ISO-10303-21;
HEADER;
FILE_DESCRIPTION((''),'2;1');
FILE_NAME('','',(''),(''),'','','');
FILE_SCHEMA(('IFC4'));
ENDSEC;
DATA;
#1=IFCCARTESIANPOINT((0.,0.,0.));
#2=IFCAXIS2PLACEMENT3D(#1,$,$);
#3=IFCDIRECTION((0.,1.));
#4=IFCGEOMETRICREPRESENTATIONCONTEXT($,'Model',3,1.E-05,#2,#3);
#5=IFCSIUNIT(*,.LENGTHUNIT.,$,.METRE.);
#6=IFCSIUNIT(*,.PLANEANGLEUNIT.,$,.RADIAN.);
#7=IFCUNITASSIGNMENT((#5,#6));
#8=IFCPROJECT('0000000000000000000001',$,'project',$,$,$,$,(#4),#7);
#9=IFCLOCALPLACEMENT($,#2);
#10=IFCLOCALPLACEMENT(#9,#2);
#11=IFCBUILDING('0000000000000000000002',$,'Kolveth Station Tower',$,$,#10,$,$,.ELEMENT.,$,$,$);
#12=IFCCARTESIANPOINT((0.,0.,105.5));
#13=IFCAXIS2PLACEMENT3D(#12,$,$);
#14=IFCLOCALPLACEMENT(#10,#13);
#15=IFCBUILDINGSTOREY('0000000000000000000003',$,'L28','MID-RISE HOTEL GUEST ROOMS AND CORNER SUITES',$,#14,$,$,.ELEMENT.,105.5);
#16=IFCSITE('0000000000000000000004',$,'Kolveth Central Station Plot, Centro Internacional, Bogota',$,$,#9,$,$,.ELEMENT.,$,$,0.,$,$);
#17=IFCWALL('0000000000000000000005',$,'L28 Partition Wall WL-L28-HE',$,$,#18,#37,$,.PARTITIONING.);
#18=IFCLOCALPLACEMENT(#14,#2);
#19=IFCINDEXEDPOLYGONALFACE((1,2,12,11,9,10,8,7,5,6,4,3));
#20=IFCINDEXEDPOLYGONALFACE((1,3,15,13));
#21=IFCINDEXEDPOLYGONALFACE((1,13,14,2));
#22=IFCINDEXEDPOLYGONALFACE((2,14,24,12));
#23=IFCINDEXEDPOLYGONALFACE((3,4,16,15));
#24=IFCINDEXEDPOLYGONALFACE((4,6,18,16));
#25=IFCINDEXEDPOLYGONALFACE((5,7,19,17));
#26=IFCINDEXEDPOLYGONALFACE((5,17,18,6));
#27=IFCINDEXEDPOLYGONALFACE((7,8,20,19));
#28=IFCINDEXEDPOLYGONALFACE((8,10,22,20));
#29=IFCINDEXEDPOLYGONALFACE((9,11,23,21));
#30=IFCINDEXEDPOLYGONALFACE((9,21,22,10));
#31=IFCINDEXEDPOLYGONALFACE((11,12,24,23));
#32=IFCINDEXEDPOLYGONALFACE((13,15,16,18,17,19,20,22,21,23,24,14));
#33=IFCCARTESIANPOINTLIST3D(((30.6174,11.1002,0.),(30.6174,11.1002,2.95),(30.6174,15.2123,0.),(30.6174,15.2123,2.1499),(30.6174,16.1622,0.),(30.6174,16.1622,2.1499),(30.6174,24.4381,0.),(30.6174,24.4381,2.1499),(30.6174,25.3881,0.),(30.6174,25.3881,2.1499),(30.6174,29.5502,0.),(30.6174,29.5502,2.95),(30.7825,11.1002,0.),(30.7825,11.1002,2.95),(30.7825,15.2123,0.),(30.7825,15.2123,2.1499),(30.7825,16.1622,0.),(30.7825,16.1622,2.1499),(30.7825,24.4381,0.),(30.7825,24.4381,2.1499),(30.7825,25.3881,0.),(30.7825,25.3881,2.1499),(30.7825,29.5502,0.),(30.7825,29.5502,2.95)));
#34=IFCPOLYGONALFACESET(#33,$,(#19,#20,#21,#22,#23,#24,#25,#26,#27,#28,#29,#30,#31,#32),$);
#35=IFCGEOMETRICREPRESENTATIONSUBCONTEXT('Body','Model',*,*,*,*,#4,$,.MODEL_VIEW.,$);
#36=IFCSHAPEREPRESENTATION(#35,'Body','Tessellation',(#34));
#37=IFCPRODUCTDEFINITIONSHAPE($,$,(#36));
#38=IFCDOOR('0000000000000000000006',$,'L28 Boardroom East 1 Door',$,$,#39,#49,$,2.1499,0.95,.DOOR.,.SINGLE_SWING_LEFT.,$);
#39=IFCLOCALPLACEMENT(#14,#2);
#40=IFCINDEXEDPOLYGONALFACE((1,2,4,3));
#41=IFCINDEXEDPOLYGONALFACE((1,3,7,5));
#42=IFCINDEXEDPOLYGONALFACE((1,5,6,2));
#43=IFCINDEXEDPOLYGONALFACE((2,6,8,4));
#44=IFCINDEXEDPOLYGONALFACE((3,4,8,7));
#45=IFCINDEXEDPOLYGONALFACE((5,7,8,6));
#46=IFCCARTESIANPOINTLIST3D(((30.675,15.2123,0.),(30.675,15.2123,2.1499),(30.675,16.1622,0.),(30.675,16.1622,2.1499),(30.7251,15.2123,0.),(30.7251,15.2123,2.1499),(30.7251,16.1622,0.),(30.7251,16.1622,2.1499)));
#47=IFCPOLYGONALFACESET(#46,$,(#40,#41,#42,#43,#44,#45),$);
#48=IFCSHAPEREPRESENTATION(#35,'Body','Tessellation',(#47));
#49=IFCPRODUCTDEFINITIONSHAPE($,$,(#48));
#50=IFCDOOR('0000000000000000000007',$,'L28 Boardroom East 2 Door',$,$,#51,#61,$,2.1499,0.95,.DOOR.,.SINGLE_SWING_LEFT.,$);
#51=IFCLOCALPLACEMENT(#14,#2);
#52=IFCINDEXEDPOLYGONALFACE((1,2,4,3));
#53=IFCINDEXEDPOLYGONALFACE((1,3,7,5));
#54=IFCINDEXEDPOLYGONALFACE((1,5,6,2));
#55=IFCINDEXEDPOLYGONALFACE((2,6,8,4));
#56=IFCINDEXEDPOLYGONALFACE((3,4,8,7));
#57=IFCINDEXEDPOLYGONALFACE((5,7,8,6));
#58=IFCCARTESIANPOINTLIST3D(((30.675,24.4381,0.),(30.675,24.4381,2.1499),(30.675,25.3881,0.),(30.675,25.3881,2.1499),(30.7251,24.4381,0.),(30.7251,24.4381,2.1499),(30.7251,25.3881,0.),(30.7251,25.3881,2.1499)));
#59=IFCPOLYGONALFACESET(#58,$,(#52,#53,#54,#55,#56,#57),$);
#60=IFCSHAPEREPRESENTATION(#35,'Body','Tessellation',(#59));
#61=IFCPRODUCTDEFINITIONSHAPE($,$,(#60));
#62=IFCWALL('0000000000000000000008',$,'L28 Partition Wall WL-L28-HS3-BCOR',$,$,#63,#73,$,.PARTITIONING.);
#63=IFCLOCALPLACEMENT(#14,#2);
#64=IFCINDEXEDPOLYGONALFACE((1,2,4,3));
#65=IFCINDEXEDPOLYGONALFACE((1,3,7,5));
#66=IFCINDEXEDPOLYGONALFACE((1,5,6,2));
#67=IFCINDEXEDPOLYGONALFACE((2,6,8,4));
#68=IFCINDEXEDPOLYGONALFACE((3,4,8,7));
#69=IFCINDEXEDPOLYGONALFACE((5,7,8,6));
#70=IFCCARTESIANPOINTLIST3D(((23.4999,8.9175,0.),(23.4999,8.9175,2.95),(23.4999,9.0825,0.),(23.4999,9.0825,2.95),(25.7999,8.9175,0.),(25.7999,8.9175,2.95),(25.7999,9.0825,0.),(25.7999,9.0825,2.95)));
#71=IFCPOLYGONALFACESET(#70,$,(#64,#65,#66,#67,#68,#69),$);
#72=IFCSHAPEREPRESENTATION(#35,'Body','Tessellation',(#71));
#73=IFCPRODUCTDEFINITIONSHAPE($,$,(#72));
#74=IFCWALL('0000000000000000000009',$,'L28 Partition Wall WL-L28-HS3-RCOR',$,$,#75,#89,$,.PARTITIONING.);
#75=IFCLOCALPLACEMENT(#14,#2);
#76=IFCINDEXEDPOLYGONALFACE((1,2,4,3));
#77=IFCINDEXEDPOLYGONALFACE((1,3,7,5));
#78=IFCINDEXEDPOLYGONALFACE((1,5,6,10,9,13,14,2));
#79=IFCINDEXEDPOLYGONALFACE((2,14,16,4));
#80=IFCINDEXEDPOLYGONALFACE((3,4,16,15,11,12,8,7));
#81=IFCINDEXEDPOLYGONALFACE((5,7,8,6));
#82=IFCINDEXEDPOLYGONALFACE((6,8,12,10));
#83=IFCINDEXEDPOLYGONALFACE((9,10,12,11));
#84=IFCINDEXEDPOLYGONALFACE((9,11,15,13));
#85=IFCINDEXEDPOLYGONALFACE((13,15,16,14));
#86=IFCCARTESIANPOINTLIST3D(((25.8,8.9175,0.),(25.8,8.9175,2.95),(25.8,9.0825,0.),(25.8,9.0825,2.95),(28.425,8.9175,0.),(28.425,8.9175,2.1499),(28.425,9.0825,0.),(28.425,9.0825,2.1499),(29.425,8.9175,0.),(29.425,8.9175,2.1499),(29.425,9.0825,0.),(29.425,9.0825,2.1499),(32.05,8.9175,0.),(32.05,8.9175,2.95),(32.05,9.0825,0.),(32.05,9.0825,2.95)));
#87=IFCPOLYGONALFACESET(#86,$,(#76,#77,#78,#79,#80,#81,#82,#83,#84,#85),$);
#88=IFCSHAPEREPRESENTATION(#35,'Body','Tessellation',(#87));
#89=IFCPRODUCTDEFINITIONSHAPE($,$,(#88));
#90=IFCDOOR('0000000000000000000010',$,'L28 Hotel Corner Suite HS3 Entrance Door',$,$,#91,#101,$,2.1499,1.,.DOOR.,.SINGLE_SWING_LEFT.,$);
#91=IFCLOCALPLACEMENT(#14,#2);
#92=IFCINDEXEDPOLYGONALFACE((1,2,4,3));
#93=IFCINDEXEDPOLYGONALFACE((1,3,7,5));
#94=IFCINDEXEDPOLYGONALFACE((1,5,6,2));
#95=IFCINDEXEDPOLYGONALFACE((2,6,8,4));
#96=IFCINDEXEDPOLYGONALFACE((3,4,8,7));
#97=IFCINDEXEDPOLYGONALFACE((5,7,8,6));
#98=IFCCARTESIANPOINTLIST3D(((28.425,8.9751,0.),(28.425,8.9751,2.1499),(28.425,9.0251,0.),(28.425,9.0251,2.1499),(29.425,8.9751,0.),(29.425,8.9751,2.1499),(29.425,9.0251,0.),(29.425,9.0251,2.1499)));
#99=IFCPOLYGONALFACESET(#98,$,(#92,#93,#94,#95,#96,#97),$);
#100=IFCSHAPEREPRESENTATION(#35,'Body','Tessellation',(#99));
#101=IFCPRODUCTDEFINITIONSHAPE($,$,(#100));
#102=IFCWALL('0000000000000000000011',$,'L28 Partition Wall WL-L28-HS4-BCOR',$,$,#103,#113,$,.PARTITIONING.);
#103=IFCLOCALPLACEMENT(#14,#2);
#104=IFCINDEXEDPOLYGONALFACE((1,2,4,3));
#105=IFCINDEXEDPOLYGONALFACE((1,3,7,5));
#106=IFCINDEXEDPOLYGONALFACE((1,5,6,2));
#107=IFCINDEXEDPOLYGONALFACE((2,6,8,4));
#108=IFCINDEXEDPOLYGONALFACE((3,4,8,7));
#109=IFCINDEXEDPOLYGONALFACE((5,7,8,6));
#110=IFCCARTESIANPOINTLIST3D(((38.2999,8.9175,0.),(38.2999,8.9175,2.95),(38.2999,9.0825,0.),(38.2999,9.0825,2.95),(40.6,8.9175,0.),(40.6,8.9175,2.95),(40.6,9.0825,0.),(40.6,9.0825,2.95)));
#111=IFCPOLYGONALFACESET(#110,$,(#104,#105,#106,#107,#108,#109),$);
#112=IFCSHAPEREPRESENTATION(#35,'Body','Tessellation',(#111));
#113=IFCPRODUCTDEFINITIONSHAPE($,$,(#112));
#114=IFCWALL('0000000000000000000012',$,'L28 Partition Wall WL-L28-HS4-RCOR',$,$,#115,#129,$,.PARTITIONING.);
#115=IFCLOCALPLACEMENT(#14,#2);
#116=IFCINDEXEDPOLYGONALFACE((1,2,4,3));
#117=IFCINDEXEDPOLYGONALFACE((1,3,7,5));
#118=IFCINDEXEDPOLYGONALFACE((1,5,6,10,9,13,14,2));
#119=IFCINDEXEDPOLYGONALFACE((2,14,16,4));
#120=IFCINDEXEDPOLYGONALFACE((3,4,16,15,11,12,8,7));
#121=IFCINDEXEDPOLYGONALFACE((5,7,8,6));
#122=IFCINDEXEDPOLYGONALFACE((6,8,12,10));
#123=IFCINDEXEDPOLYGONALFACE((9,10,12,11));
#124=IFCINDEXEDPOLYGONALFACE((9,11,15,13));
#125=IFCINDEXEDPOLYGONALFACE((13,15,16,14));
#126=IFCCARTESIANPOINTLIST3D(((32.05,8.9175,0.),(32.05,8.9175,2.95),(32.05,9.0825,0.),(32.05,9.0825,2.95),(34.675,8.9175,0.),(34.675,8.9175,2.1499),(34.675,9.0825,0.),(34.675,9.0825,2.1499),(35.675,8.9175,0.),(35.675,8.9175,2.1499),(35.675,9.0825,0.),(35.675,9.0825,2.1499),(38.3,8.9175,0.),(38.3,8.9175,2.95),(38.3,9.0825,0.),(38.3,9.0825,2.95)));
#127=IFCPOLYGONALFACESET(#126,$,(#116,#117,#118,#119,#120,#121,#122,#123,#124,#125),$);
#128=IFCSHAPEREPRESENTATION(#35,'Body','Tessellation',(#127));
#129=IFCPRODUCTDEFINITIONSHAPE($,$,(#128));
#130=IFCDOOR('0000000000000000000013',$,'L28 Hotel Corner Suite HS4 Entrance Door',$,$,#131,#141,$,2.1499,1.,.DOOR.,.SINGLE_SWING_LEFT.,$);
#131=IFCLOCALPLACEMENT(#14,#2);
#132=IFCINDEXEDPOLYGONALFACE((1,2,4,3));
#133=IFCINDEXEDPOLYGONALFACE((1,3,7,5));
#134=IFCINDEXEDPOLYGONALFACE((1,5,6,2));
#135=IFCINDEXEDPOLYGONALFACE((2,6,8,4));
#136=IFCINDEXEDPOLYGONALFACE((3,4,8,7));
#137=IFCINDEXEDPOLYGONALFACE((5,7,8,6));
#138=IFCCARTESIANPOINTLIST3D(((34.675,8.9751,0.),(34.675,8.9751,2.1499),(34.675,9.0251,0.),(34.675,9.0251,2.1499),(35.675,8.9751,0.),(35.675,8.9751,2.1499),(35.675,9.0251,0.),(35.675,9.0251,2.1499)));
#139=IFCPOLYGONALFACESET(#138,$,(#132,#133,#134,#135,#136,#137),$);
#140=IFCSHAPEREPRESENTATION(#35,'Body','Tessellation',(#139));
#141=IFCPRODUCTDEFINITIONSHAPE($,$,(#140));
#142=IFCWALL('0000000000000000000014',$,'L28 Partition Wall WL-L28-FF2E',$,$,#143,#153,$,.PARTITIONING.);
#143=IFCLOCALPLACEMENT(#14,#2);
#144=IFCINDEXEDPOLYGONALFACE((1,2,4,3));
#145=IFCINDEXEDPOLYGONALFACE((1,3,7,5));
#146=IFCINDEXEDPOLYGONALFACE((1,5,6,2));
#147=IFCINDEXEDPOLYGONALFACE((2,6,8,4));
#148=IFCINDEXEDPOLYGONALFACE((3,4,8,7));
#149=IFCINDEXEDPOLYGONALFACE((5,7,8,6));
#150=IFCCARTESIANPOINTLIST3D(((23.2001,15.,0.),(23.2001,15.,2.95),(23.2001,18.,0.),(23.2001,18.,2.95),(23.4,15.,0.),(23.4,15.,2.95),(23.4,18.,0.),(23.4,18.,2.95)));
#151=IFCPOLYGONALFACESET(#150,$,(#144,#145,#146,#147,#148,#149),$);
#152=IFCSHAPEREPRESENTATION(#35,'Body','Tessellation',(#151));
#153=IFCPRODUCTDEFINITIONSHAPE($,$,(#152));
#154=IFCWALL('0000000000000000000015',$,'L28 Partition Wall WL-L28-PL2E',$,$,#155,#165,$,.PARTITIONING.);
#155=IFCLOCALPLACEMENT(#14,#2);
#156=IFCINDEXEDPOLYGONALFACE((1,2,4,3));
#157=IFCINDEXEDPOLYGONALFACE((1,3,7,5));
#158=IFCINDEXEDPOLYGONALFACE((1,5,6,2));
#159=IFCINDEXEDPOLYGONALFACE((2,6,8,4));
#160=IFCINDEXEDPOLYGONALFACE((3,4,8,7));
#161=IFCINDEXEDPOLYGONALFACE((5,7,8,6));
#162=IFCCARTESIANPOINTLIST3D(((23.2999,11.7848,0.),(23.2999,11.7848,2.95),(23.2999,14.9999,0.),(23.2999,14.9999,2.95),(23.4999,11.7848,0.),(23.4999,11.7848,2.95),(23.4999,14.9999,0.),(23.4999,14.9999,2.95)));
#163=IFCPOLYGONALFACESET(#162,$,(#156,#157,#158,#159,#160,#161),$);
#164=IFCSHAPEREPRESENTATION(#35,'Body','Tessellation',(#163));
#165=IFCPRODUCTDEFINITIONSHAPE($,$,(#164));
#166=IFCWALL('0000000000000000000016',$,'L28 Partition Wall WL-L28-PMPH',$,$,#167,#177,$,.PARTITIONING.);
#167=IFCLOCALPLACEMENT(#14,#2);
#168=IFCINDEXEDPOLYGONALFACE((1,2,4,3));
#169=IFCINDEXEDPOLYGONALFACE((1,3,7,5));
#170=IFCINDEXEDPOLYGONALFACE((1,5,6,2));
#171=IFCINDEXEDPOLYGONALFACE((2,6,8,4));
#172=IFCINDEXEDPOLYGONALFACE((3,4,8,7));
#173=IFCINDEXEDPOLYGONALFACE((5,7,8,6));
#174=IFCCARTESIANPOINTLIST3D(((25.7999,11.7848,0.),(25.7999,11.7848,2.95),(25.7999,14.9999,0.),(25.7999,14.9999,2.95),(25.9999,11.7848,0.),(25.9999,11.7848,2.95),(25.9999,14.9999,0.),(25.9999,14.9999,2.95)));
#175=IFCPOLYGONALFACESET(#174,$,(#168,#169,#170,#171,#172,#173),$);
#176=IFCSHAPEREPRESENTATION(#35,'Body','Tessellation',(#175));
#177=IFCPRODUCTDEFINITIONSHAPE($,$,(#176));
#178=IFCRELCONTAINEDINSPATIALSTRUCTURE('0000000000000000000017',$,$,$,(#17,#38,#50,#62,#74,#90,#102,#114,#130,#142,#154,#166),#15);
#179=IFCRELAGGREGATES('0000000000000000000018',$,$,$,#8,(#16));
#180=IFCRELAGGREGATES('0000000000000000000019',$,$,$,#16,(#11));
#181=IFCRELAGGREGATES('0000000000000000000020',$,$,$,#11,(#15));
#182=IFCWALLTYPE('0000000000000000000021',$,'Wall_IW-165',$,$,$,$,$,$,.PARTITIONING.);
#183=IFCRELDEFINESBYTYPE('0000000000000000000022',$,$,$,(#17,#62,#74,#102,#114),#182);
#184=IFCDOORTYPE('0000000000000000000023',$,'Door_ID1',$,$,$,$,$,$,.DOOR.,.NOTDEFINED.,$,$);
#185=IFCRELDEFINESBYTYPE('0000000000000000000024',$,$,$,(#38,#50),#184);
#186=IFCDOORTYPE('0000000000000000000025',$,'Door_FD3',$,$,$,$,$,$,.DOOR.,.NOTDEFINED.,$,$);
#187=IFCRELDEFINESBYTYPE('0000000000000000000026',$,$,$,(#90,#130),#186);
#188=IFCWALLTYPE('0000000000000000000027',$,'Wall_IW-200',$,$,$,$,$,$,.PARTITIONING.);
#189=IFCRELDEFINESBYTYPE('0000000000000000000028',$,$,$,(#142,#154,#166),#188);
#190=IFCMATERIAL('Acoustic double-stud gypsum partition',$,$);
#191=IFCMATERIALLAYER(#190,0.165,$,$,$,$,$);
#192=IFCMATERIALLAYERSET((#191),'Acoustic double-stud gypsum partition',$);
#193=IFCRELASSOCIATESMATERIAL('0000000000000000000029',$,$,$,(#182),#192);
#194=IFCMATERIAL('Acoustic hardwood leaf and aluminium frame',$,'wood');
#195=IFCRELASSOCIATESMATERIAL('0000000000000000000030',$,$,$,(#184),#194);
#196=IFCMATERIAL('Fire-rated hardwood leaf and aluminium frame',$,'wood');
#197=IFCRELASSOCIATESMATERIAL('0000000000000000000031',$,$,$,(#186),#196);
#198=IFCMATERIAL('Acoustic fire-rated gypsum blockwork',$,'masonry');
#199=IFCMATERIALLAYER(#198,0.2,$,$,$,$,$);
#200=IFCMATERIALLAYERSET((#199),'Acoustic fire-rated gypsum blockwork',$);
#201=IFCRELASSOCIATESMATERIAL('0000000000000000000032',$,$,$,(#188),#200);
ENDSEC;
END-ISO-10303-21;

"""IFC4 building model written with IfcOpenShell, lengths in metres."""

from ifc_helpers import new_model, si_unit, direction, frame, frame_2d, origin, place, context, subcontext, project, spatial, rectangle, extrude, material, layer, layer_set, type_object, element, fill, save


model = new_model("IFC4")

# Units and contexts
model_context = context("Model", 3, precision=1e-05, world=origin(), true_north=direction((0.0, 1.0)))
body_context = subcontext(model_context, "Body", "Model", "MODEL_VIEW")
ifc_project = project(units=[si_unit("LENGTHUNIT", "METRE"), si_unit("PLANEANGLEUNIT", "RADIAN")], contexts=[model_context])

# Site, building, storey
site_placement = place(None, origin())
site = spatial("IfcSite", under=ifc_project, at=site_placement, Name="Kolveth Central Station Plot, Centro Internacional, Bogota", CompositionType="ELEMENT", RefElevation=0.0)
building_placement = place(site_placement, origin())
building = spatial("IfcBuilding", under=site, at=building_placement, Name="Kolveth Station Tower", CompositionType="ELEMENT")
storey_placement = place(building_placement, frame((0.0, 0.0, 105.5)))
storey = spatial("IfcBuildingStorey", under=building, at=storey_placement, Name="L28", Description="MID-RISE HOTEL GUEST ROOMS AND CORNER SUITES", CompositionType="ELEMENT", Elevation=105.5)

# Shared definitions
ifc_material_1 = material(Name="Acoustic double-stud gypsum partition")
ifc_layer_1 = layer(ifc_material_1, 0.165)
ifc_layer_set_1 = layer_set([ifc_layer_1], Name="Acoustic double-stud gypsum partition")
wall_type_1 = type_object("IfcWallType", Name="Wall_IW-165", PredefinedType="PARTITIONING", material=ifc_layer_set_1)

# Wall, openings, doors
wall_1_placement = place(storey_placement, frame((30.7, 11.1001, 0.0), z_axis=(0.0, 0.0, 1.0), x_axis=(0.0, 1.0, 0.0)))
wall_1 = element("IfcWall", 1, at=wall_1_placement, inside=storey, type_object=wall_type_1, Name="L28 Partition Wall WL-L28-HE", PredefinedType="PARTITIONING", context=body_context, shape_type="SweptSolid", body=[
    extrude(rectangle(XDim=18.45, YDim=0.165, at=frame_2d((9.2251, 0.0))), origin(), (0.0, 0.0, 1.0), 2.95),
])
opening_1_placement = place(wall_1_placement, frame((4.1121, 0.0, 0.0)))
opening_1 = element("IfcOpeningElement", 2, at=opening_1_placement, cuts=wall_1, PredefinedType="OPENING", context=body_context, shape_type="SweptSolid", body=[
    extrude(rectangle(XDim=0.95, YDim=2.1499, at=frame_2d((0.4751, 1.075))), frame((0.0, 0.0925, 0.0), z_axis=(0.0, -1.0, 0.0), x_axis=(1.0, 0.0, 0.0)), (0.0, 0.0, 1.0), 0.1851),
])
opening_2_placement = place(wall_1_placement, frame((13.3379, 0.0, 0.0)))
opening_2 = element("IfcOpeningElement", 3, at=opening_2_placement, cuts=wall_1, PredefinedType="OPENING", context=body_context, shape_type="SweptSolid", body=[
    extrude(rectangle(XDim=0.95, YDim=2.1499, at=frame_2d((0.4751, 1.075))), frame((0.0, 0.0925, 0.0), z_axis=(0.0, -1.0, 0.0), x_axis=(1.0, 0.0, 0.0)), (0.0, 0.0, 1.0), 0.1851),
])
ifc_material_2 = material(Name="Acoustic hardwood leaf and aluminium frame", Category="wood")
door_type_1 = type_object("IfcDoorType", Name="Door_ID1", OperationType="NOTDEFINED", PredefinedType="DOOR", material=ifc_material_2)
door_1_placement = place(opening_1_placement, origin())
door_1 = element("IfcDoor", 4, at=door_1_placement, inside=storey, type_object=door_type_1, Name="L28 Boardroom East 1 Door", OperationType="SINGLE_SWING_LEFT", OverallHeight=2.1499, OverallWidth=0.95, PredefinedType="DOOR", context=body_context, shape_type="SweptSolid", body=[
    extrude(rectangle(XDim=0.95, YDim=2.1499, at=frame_2d((0.4751, 1.075))), frame((0.0, 0.0249, 0.0), z_axis=(0.0, -1.0, 0.0), x_axis=(1.0, 0.0, 0.0)), (0.0, 0.0, 1.0), 0.05),
])
fill(opening_1, door_1)
door_2_placement = place(opening_2_placement, origin())
door_2 = element("IfcDoor", 5, at=door_2_placement, inside=storey, type_object=door_type_1, Name="L28 Boardroom East 2 Door", OperationType="SINGLE_SWING_LEFT", OverallHeight=2.1499, OverallWidth=0.95, PredefinedType="DOOR", context=body_context, shape_type="SweptSolid", body=[
    extrude(rectangle(XDim=0.95, YDim=2.1499, at=frame_2d((0.4751, 1.075))), frame((0.0, 0.0249, 0.0), z_axis=(0.0, -1.0, 0.0), x_axis=(1.0, 0.0, 0.0)), (0.0, 0.0, 1.0), 0.05),
])
fill(opening_2, door_2)

# Wall
wall_2_placement = place(storey_placement, frame((23.5, 9.0, 0.0), z_axis=(0.0, 0.0, 1.0), x_axis=(1.0, 0.0, 0.0)))
element("IfcWall", 6, at=wall_2_placement, inside=storey, type_object=wall_type_1, Name="L28 Partition Wall WL-L28-HS3-BCOR", PredefinedType="PARTITIONING", context=body_context, shape_type="SweptSolid", body=[
    extrude(rectangle(XDim=2.3, YDim=0.165, at=frame_2d((1.1499, 0.0))), origin(), (0.0, 0.0, 1.0), 2.95),
])

# Wall, opening, door
wall_3_placement = place(storey_placement, frame((25.8, 9.0, 0.0), z_axis=(0.0, 0.0, 1.0), x_axis=(1.0, 0.0, 0.0)))
wall_3 = element("IfcWall", 7, at=wall_3_placement, inside=storey, type_object=wall_type_1, Name="L28 Partition Wall WL-L28-HS3-RCOR", PredefinedType="PARTITIONING", context=body_context, shape_type="SweptSolid", body=[
    extrude(rectangle(XDim=6.25, YDim=0.165, at=frame_2d((3.125, 0.0))), origin(), (0.0, 0.0, 1.0), 2.95),
])
opening_3_placement = place(wall_3_placement, frame((2.625, 0.0, 0.0)))
opening_3 = element("IfcOpeningElement", 8, at=opening_3_placement, cuts=wall_3, PredefinedType="OPENING", context=body_context, shape_type="SweptSolid", body=[
    extrude(rectangle(XDim=1.0, YDim=2.1499, at=frame_2d((0.5, 1.075))), frame((0.0, 0.0925, 0.0), z_axis=(0.0, -1.0, 0.0), x_axis=(1.0, 0.0, 0.0)), (0.0, 0.0, 1.0), 0.1851),
])
ifc_material_3 = material(Name="Fire-rated hardwood leaf and aluminium frame", Category="wood")
door_type_2 = type_object("IfcDoorType", Name="Door_FD3", OperationType="NOTDEFINED", PredefinedType="DOOR", material=ifc_material_3)
door_3_placement = place(opening_3_placement, frame((1.0, 0.0, 0.0), z_axis=(0.0, 0.0, 1.0), x_axis=(-1.0, 0.0, 0.0)))
door_3 = element("IfcDoor", 9, at=door_3_placement, inside=storey, type_object=door_type_2, Name="L28 Hotel Corner Suite HS3 Entrance Door", OperationType="SINGLE_SWING_LEFT", OverallHeight=2.1499, OverallWidth=1.0, PredefinedType="DOOR", context=body_context, shape_type="SweptSolid", body=[
    extrude(rectangle(XDim=1.0, YDim=2.1499, at=frame_2d((0.5, 1.075))), frame((0.0, 0.0249, 0.0), z_axis=(0.0, -1.0, 0.0), x_axis=(1.0, 0.0, 0.0)), (0.0, 0.0, 1.0), 0.05),
])
fill(opening_3, door_3)

# Wall
wall_4_placement = place(storey_placement, frame((38.3, 9.0, 0.0), z_axis=(0.0, 0.0, 1.0), x_axis=(1.0, 0.0, 0.0)))
element("IfcWall", 10, at=wall_4_placement, inside=storey, type_object=wall_type_1, Name="L28 Partition Wall WL-L28-HS4-BCOR", PredefinedType="PARTITIONING", context=body_context, shape_type="SweptSolid", body=[
    extrude(rectangle(XDim=2.3, YDim=0.165, at=frame_2d((1.1499, 0.0))), origin(), (0.0, 0.0, 1.0), 2.95),
])

# Wall, opening, door
wall_5_placement = place(storey_placement, frame((32.05, 9.0, 0.0), z_axis=(0.0, 0.0, 1.0), x_axis=(1.0, 0.0, 0.0)))
wall_5 = element("IfcWall", 11, at=wall_5_placement, inside=storey, type_object=wall_type_1, Name="L28 Partition Wall WL-L28-HS4-RCOR", PredefinedType="PARTITIONING", context=body_context, shape_type="SweptSolid", body=[
    extrude(rectangle(XDim=6.25, YDim=0.165, at=frame_2d((3.125, 0.0))), origin(), (0.0, 0.0, 1.0), 2.95),
])
opening_4_placement = place(wall_5_placement, frame((2.625, 0.0, 0.0)))
opening_4 = element("IfcOpeningElement", 12, at=opening_4_placement, cuts=wall_5, PredefinedType="OPENING", context=body_context, shape_type="SweptSolid", body=[
    extrude(rectangle(XDim=1.0, YDim=2.1499, at=frame_2d((0.5, 1.075))), frame((0.0, 0.0925, 0.0), z_axis=(0.0, -1.0, 0.0), x_axis=(1.0, 0.0, 0.0)), (0.0, 0.0, 1.0), 0.1851),
])
door_4_placement = place(opening_4_placement, frame((1.0, 0.0, 0.0), z_axis=(0.0, 0.0, 1.0), x_axis=(-1.0, 0.0, 0.0)))
door_4 = element("IfcDoor", 13, at=door_4_placement, inside=storey, type_object=door_type_2, Name="L28 Hotel Corner Suite HS4 Entrance Door", OperationType="SINGLE_SWING_LEFT", OverallHeight=2.1499, OverallWidth=1.0, PredefinedType="DOOR", context=body_context, shape_type="SweptSolid", body=[
    extrude(rectangle(XDim=1.0, YDim=2.1499, at=frame_2d((0.5, 1.075))), frame((0.0, 0.0249, 0.0), z_axis=(0.0, -1.0, 0.0), x_axis=(1.0, 0.0, 0.0)), (0.0, 0.0, 1.0), 0.05),
])
fill(opening_4, door_4)

# Walls
ifc_material_4 = material(Name="Acoustic fire-rated gypsum blockwork", Category="masonry")
ifc_layer_2 = layer(ifc_material_4, 0.2)
ifc_layer_set_2 = layer_set([ifc_layer_2], Name="Acoustic fire-rated gypsum blockwork")
wall_type_2 = type_object("IfcWallType", Name="Wall_IW-200", PredefinedType="PARTITIONING", material=ifc_layer_set_2)
wall_6_placement = place(storey_placement, frame((23.3, 15.0, 0.0), z_axis=(0.0, 0.0, 1.0), x_axis=(0.0, 1.0, 0.0)))
element("IfcWall", 14, at=wall_6_placement, inside=storey, type_object=wall_type_2, Name="L28 Partition Wall WL-L28-FF2E", PredefinedType="PARTITIONING", context=body_context, shape_type="SweptSolid", body=[
    extrude(rectangle(XDim=3.0, YDim=0.2, at=frame_2d((1.5, 0.0))), origin(), (0.0, 0.0, 1.0), 2.95),
])
for number, where, z_axis, x_axis, name in (
    (15, (23.3999, 11.7849, 0.0), (0.0, 0.0, 1.0), (0.0, 1.0, 0.0), "L28 Partition Wall WL-L28-PL2E"),
    (16, (25.8999, 11.7849, 0.0), (0.0, 0.0, 1.0), (0.0, 1.0, 0.0), "L28 Partition Wall WL-L28-PMPH"),
):
    element("IfcWall", number, at=place(storey_placement, frame(where, z_axis=z_axis, x_axis=x_axis)), inside=storey, type_object=wall_type_2, Name=name, PredefinedType="PARTITIONING", context=body_context, shape_type="SweptSolid", body=[
        extrude(rectangle(XDim=3.2151, YDim=0.2, at=frame_2d((1.6074, 0.0))), origin(), (0.0, 0.0, 1.0), 2.95),
    ])

save(model, "model.ifc")
